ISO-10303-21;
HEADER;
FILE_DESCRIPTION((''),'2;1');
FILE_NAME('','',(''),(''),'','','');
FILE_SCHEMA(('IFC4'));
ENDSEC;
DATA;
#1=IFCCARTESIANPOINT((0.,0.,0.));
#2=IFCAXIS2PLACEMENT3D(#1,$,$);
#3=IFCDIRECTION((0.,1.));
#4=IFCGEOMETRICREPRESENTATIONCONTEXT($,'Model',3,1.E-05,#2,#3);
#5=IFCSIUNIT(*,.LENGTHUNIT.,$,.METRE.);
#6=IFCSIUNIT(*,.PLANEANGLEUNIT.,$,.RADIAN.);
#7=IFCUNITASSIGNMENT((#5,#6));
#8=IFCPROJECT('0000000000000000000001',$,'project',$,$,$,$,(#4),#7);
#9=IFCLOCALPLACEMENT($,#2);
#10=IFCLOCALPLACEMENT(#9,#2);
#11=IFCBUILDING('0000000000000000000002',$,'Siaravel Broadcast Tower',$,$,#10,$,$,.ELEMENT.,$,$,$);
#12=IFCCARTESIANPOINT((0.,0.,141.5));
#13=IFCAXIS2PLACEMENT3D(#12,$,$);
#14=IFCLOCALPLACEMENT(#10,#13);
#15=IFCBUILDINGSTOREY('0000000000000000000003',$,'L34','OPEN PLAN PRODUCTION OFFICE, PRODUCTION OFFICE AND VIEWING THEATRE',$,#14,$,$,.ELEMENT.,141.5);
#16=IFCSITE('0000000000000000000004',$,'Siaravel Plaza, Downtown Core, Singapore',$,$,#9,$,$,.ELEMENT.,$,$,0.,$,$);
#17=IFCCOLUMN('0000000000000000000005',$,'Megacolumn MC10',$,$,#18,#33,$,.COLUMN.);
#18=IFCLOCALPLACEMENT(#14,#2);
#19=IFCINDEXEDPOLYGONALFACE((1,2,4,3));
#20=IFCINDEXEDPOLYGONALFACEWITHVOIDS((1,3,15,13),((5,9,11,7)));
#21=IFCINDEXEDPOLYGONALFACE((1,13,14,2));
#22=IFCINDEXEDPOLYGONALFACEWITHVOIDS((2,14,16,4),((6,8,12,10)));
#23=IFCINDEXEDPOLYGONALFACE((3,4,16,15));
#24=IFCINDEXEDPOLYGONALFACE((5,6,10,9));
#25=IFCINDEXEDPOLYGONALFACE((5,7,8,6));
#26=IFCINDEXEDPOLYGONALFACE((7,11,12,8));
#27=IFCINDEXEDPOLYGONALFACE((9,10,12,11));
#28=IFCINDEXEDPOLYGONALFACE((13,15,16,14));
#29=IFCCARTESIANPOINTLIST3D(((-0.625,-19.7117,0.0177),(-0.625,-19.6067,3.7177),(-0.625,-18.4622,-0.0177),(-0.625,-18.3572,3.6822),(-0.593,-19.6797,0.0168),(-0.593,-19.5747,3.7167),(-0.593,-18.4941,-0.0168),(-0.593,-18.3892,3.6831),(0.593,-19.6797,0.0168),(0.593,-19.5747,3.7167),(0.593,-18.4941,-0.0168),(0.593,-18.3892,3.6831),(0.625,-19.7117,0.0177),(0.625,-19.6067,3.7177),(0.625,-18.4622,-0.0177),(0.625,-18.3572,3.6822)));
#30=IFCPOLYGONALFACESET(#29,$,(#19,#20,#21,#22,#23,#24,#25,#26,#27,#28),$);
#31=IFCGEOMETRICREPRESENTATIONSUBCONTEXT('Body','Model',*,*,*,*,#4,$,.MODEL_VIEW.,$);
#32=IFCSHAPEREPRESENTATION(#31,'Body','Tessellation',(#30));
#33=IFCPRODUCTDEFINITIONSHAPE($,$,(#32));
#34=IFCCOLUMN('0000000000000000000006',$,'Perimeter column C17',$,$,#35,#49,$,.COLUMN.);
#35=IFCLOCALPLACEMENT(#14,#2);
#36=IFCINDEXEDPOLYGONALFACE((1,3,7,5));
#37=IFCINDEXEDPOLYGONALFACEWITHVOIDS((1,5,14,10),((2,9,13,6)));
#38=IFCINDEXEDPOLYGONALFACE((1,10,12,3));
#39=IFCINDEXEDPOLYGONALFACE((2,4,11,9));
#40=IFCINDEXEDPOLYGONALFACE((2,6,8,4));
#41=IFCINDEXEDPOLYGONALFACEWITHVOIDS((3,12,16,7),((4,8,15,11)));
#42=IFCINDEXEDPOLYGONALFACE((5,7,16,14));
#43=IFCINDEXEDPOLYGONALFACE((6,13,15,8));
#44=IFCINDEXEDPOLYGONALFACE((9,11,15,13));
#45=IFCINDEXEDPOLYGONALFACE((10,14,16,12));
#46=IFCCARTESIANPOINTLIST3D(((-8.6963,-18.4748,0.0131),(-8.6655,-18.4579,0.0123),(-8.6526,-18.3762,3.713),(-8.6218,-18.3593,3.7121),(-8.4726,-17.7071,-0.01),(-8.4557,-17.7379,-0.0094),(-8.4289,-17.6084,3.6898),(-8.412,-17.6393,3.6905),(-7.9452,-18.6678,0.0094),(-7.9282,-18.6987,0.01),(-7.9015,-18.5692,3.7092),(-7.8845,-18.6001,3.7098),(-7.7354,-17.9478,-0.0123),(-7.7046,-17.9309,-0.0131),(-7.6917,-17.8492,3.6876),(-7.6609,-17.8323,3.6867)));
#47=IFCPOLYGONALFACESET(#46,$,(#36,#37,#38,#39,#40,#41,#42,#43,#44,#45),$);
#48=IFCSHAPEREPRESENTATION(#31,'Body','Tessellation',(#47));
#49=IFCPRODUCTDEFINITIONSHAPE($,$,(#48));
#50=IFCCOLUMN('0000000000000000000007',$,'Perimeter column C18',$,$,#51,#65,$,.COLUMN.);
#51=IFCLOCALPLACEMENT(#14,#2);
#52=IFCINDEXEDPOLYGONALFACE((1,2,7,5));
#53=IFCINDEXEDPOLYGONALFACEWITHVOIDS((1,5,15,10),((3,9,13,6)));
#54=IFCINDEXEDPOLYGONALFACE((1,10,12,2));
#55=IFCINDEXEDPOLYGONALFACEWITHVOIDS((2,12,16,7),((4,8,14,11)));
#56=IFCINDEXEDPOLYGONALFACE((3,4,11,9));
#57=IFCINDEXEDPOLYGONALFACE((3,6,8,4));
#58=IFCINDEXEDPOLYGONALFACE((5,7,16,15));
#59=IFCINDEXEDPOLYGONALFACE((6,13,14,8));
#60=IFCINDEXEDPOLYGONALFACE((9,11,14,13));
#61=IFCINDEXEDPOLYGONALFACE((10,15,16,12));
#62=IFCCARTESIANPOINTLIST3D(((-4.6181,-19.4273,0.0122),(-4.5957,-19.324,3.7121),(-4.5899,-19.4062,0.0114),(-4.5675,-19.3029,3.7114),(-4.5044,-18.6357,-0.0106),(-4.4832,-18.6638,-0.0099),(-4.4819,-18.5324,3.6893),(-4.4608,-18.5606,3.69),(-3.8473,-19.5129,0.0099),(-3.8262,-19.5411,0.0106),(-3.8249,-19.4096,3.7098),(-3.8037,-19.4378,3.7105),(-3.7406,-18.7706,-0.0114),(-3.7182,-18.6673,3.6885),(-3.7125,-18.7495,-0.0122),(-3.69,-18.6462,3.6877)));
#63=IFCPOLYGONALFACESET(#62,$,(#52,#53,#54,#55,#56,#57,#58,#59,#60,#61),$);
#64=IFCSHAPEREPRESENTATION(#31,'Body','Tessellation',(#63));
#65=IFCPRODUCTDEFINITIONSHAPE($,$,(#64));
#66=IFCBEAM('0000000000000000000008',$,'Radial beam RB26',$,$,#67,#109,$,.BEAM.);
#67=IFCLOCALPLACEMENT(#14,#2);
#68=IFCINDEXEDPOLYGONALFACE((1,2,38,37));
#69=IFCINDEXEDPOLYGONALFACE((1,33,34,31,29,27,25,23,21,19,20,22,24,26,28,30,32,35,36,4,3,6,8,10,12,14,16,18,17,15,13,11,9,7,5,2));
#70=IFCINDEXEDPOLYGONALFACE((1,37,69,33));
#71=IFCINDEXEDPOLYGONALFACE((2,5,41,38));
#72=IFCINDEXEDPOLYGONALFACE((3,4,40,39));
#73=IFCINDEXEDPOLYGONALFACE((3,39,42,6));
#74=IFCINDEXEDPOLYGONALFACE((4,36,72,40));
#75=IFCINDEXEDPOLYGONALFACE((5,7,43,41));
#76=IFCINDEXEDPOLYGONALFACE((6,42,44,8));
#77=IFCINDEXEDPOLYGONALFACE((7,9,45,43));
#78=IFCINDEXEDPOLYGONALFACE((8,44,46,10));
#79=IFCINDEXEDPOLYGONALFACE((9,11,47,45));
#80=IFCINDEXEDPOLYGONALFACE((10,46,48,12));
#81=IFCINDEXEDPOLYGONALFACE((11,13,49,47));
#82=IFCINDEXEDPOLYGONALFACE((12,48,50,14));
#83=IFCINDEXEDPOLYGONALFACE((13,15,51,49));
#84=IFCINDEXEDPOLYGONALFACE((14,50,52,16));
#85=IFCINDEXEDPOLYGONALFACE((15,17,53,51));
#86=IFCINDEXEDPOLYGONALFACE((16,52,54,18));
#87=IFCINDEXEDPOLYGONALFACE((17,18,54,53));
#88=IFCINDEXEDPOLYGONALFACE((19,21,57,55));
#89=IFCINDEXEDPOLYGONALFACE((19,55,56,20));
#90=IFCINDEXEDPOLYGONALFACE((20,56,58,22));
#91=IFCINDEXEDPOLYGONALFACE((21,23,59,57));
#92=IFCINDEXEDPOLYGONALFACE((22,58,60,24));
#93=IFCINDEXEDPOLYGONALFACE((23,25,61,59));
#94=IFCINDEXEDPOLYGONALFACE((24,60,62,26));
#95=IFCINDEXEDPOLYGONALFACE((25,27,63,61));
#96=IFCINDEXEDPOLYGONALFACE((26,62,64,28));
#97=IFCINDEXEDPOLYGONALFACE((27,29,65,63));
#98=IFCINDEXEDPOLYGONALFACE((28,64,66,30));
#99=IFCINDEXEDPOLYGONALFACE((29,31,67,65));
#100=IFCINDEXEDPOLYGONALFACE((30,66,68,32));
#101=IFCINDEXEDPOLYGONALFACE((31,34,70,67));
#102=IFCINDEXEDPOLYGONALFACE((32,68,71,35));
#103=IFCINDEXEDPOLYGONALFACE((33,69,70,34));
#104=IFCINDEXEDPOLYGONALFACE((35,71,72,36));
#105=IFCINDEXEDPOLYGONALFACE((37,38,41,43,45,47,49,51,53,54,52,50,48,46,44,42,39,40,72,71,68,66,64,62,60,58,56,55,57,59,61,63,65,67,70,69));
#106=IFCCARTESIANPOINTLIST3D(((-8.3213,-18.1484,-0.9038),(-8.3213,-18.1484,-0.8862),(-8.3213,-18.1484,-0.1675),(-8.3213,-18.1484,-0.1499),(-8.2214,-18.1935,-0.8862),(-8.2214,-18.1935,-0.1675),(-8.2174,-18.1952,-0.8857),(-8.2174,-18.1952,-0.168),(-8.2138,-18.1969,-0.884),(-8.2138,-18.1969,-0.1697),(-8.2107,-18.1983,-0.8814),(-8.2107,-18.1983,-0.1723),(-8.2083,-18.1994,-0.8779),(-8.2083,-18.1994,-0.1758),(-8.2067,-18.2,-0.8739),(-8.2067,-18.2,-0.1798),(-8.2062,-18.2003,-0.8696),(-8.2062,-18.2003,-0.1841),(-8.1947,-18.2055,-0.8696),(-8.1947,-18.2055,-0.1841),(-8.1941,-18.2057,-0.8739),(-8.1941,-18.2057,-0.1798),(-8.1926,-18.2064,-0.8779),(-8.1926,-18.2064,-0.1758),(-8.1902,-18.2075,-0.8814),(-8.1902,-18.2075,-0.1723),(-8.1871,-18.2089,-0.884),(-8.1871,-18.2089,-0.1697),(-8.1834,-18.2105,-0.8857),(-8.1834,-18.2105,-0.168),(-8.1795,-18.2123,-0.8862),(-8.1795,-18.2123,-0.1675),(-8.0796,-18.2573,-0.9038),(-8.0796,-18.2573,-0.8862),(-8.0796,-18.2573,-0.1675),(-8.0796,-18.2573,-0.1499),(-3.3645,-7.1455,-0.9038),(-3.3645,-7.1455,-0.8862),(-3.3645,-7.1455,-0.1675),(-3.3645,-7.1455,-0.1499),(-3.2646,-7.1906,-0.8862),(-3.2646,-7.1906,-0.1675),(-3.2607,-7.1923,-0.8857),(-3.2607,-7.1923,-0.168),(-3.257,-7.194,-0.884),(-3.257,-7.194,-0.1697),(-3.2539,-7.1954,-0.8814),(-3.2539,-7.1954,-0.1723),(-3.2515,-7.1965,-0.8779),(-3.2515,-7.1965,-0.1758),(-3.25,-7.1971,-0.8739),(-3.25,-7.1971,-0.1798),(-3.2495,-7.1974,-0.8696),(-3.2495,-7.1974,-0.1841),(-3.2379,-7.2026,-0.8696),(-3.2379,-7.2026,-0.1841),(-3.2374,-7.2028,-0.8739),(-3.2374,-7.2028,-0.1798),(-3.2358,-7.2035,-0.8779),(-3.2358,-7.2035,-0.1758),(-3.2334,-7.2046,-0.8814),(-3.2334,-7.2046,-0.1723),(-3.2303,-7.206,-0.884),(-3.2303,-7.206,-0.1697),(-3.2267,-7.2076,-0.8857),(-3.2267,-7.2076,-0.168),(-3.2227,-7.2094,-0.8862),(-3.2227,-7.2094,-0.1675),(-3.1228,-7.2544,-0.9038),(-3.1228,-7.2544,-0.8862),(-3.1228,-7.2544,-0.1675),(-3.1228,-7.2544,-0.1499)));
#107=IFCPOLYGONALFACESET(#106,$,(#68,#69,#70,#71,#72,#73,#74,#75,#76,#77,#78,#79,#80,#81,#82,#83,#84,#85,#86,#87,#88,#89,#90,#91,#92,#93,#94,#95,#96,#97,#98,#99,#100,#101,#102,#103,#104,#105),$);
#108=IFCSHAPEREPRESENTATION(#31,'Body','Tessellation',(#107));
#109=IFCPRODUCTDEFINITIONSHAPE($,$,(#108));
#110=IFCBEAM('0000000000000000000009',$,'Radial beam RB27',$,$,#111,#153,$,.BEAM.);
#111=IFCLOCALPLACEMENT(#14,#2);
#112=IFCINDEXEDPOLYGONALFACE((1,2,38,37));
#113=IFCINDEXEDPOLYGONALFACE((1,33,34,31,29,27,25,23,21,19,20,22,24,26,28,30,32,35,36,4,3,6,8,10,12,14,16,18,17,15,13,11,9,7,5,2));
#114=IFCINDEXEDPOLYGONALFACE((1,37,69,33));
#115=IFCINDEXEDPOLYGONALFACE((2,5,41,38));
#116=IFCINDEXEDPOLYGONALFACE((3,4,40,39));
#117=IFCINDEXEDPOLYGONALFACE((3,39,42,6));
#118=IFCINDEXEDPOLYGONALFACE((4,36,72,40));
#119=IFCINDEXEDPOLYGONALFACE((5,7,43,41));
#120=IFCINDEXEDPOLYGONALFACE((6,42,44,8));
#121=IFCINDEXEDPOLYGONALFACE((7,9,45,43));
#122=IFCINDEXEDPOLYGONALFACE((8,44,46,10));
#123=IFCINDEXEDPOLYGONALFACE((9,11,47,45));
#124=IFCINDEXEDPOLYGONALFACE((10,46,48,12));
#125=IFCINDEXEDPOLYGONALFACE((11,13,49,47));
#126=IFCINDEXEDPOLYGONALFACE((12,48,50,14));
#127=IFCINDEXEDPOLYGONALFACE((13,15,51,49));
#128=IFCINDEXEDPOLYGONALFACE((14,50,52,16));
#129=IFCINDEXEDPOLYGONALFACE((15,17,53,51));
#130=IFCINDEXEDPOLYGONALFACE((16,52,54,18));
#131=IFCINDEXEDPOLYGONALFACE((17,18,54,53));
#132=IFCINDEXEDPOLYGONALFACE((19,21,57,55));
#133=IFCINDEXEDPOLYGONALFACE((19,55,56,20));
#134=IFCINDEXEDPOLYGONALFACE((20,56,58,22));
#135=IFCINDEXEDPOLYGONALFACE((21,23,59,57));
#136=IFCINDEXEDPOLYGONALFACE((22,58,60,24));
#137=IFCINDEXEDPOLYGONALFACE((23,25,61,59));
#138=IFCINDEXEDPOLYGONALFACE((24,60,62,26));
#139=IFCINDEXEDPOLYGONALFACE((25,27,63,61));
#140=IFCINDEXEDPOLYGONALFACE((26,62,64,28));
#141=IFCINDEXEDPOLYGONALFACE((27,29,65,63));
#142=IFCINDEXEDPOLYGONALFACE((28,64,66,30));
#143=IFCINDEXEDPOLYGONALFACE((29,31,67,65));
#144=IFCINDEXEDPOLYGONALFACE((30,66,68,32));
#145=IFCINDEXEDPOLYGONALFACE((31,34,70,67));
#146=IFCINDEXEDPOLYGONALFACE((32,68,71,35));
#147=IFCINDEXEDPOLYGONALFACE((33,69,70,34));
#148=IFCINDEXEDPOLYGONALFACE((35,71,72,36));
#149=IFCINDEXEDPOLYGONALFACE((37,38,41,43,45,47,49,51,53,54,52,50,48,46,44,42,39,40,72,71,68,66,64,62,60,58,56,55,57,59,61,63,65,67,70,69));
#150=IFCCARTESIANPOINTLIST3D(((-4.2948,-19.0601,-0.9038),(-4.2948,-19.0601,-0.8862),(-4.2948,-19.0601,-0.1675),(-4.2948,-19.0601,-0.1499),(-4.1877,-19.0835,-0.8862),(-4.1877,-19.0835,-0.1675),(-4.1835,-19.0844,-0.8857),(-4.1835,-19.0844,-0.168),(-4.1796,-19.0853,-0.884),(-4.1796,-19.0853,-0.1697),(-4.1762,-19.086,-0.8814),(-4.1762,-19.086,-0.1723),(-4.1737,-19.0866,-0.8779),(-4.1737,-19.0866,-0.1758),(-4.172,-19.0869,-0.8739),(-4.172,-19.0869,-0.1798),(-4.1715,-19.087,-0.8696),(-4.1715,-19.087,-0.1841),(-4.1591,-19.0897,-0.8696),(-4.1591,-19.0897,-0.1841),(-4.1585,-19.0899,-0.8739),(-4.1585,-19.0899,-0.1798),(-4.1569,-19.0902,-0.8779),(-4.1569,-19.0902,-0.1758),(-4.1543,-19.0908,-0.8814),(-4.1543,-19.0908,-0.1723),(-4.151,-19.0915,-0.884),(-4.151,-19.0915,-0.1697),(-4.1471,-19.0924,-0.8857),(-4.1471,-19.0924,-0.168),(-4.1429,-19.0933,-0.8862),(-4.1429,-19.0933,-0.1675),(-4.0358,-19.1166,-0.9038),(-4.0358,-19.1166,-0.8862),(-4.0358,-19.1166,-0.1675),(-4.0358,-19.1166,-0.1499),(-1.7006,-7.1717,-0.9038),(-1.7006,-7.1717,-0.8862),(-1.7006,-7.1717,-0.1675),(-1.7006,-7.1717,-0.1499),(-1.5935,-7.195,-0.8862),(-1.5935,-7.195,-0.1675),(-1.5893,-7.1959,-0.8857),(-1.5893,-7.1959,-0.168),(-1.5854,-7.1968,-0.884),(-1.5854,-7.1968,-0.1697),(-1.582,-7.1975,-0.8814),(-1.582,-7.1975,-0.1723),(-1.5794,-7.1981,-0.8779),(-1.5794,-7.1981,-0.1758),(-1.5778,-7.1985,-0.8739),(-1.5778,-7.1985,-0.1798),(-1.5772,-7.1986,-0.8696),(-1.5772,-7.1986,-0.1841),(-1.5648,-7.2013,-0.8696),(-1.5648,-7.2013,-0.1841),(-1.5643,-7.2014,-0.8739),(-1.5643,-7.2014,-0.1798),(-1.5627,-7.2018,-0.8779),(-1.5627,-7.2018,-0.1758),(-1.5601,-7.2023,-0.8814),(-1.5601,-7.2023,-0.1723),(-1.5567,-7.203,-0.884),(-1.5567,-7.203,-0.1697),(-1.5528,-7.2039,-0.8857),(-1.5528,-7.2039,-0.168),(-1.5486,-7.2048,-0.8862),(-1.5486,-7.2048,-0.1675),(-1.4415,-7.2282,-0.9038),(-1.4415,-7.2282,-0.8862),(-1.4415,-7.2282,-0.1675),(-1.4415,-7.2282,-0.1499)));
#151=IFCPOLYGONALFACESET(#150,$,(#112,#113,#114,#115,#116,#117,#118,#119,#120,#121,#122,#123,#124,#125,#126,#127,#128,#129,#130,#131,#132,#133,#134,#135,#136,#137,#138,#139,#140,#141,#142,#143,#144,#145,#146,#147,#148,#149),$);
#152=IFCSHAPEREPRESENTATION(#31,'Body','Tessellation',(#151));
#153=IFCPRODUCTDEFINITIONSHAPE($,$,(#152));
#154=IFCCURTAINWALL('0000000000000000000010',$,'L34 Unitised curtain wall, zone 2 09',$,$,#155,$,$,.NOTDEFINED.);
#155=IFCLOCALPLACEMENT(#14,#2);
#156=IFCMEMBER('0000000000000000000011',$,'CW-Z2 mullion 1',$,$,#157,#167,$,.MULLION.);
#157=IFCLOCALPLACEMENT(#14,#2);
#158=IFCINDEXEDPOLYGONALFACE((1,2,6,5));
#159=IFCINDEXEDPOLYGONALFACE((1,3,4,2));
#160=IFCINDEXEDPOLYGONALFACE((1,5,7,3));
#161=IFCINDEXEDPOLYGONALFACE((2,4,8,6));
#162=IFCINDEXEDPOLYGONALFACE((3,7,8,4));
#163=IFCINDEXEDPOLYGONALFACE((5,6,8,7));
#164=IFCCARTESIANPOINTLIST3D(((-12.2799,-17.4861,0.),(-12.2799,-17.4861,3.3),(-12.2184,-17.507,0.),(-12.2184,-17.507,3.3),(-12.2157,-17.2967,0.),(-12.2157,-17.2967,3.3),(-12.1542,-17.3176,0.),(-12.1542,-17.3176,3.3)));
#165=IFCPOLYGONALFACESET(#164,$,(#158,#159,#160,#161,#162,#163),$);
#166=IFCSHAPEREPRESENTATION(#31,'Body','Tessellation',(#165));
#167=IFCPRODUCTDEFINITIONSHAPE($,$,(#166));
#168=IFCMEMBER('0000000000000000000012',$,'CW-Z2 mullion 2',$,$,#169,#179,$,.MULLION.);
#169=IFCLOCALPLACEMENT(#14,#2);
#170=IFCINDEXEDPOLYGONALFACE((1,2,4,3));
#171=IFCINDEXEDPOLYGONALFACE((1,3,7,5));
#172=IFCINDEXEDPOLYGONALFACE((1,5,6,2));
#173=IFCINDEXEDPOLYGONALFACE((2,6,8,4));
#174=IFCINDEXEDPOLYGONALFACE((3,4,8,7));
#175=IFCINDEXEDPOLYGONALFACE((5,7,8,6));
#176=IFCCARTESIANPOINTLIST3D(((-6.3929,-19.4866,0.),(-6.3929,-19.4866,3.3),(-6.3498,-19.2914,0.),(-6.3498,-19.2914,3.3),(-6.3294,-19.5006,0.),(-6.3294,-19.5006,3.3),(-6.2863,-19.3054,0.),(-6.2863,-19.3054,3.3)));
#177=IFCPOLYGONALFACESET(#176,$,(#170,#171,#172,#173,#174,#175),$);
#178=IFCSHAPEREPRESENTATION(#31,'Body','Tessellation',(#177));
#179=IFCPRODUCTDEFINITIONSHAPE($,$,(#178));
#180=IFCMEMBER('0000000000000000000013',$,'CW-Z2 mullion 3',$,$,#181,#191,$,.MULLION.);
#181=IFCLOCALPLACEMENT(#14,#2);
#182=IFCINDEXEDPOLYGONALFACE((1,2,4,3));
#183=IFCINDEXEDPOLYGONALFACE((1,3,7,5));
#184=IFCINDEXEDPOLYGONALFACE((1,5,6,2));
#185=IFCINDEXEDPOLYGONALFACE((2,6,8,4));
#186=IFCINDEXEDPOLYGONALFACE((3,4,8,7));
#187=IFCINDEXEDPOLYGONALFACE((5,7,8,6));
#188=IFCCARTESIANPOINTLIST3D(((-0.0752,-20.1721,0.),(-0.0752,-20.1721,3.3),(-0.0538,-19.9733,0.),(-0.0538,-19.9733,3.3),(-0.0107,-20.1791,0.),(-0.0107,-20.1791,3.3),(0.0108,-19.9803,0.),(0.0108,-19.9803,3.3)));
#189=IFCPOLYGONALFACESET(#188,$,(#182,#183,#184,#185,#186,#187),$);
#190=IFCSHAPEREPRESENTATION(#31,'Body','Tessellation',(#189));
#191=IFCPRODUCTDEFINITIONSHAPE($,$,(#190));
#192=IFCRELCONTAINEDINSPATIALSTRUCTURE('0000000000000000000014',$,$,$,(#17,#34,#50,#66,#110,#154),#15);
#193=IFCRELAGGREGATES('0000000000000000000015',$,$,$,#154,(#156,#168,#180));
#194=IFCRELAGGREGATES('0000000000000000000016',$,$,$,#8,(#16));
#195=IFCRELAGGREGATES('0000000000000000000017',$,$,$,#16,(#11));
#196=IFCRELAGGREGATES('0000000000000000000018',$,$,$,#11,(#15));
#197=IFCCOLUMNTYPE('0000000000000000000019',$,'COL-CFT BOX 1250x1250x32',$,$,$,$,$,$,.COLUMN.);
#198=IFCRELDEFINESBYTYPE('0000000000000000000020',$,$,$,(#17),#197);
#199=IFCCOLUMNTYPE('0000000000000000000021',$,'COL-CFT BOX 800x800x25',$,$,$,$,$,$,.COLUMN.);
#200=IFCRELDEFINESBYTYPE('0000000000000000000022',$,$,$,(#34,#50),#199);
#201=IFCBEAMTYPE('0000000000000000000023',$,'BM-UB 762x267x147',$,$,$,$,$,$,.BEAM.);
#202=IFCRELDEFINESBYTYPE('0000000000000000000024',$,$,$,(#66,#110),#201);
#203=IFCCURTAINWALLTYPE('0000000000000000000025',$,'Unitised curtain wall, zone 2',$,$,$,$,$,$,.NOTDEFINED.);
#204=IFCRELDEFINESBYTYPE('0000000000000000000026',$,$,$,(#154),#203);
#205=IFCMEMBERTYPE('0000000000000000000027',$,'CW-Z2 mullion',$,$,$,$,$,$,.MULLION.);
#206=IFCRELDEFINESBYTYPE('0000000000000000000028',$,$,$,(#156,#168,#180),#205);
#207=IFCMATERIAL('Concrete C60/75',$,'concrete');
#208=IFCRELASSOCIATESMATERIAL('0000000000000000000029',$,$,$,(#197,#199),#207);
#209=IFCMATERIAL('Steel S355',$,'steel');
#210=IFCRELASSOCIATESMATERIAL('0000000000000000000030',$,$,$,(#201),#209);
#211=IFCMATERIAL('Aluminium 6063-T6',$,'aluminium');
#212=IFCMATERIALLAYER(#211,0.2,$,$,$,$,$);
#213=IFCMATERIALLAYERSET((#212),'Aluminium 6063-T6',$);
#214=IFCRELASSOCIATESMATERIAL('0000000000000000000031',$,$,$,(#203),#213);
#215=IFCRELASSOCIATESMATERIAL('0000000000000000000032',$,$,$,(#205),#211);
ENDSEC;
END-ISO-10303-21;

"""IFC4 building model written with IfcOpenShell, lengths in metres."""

from ifc_helpers import new_model, si_unit, direction, frame, origin, origin_2d, place, context, subcontext, project, spatial, rectangle, hollow_rectangle, i_section, extrude, material, layer, layer_set, material_profile, profile_set, type_object, element, aggregate, save


model = new_model("IFC4")

# Units and contexts
model_context = context("Model", 3, precision=1e-05, world=origin(), true_north=direction((0.0, 1.0)))
body_context = subcontext(model_context, "Body", "Model", "MODEL_VIEW")
ifc_project = project(units=[si_unit("LENGTHUNIT", "METRE"), si_unit("PLANEANGLEUNIT", "RADIAN")], contexts=[model_context])

# Site, building, storey
site_placement = place(None, origin())
site = spatial("IfcSite", under=ifc_project, at=site_placement, Name="Siaravel Plaza, Downtown Core, Singapore", CompositionType="ELEMENT", RefElevation=0.0)
building_placement = place(site_placement, origin())
building = spatial("IfcBuilding", under=site, at=building_placement, Name="Siaravel Broadcast Tower", CompositionType="ELEMENT")
storey_placement = place(building_placement, frame((0.0, 0.0, 141.5)))
storey = spatial("IfcBuildingStorey", under=building, at=storey_placement, Name="L34", Description="OPEN PLAN PRODUCTION OFFICE, PRODUCTION OFFICE AND VIEWING THEATRE", CompositionType="ELEMENT", Elevation=141.5)

# Columns
ifc_material_1 = material(Name="Concrete C60/75", Category="concrete")
ifc_material_profile_1 = material_profile(ifc_material_1, hollow_rectangle(XDim=1.25, YDim=1.25, WallThickness=0.032, at=origin_2d()))
ifc_profile_set_1 = profile_set([ifc_material_profile_1], Name="Concrete C60/75")
column_type_1 = type_object("IfcColumnType", Name="COL-CFT BOX 1250x1250x32", PredefinedType="COLUMN", material=ifc_profile_set_1)
column_placement = place(storey_placement, frame((0.0, -19.0869, 0.0), z_axis=(0.0, 0.028362, 0.999598), x_axis=(-1.0, 0.0, 0.0)))
element("IfcColumn", 1, at=column_placement, inside=storey, type_object=column_type_1, Name="Megacolumn MC10", PredefinedType="COLUMN", context=body_context, shape_type="SweptSolid", body=[
    extrude(hollow_rectangle(XDim=1.25, YDim=1.25, WallThickness=0.032, at=origin_2d()), origin(), (0.0, 0.0, 1.0), 3.7014),
])
ifc_material_profile_2 = material_profile(ifc_material_1, hollow_rectangle(XDim=0.8, YDim=0.8, WallThickness=0.0249, at=origin_2d()))
ifc_profile_set_2 = profile_set([ifc_material_profile_2], Name="Concrete C60/75")
column_type_2 = type_object("IfcColumnType", Name="COL-CFT BOX 800x800x25", PredefinedType="COLUMN", material=ifc_profile_set_2)
for number, where, z_axis, x_axis, name in (
    (2, (-8.2004, -18.2029, 0.0), (0.011806, 0.026647, 0.999575), (-0.960048, 0.279808, 0.00388), "Perimeter column C17"),
    (3, (-4.1653, -19.0884, 0.0), (0.006068, 0.0279, 0.999592), (-0.989821, 0.142301, 0.002037), "Perimeter column C18"),
):
    element("IfcColumn", number, at=place(storey_placement, frame(where, z_axis=z_axis, x_axis=x_axis)), inside=storey, type_object=column_type_2, Name=name, PredefinedType="COLUMN", context=body_context, shape_type="SweptSolid", body=[
        extrude(hollow_rectangle(XDim=0.8, YDim=0.8, WallThickness=0.0249, at=origin_2d()), origin(), (0.0, 0.0, 1.0), 3.7014),
    ])

# Beams
ifc_material_2 = material(Name="Steel S355", Category="steel")
ifc_material_profile_3 = material_profile(ifc_material_2, i_section(OverallWidth=0.2651, OverallDepth=0.7539, WebThickness=0.0127, FlangeThickness=0.0176, FilletRadius=0.0166, at=origin_2d()))
ifc_profile_set_3 = profile_set([ifc_material_profile_3], Name="Steel S355")
beam_type = type_object("IfcBeamType", Name="BM-UB 762x267x147", PredefinedType="BEAM", material=ifc_profile_set_3)
beam_1_placement = place(storey_placement, frame((-8.2004, -18.2029, -0.5269), z_axis=(0.410741, 0.911752, 0.0), x_axis=(-0.911752, 0.410741, 0.0)))
element("IfcBeam", 4, at=beam_1_placement, inside=storey, type_object=beam_type, Name="Radial beam RB26", PredefinedType="BEAM", context=body_context, shape_type="SweptSolid", body=[
    extrude(i_section(OverallWidth=0.2651, OverallDepth=0.7539, WebThickness=0.0127, FlangeThickness=0.0176, FilletRadius=0.0166, at=origin_2d()), origin(), (0.0, 0.0, 1.0), 12.0679),
])
beam_2_placement = place(storey_placement, frame((-4.1653, -19.0884, -0.5269), z_axis=(0.213198, 0.977009, 0.0), x_axis=(-0.977009, 0.213198, 0.0)))
element("IfcBeam", 5, at=beam_2_placement, inside=storey, type_object=beam_type, Name="Radial beam RB27", PredefinedType="BEAM", context=body_context, shape_type="SweptSolid", body=[
    extrude(i_section(OverallWidth=0.2651, OverallDepth=0.7539, WebThickness=0.0127, FlangeThickness=0.0176, FilletRadius=0.0166, at=origin_2d()), origin(), (0.0, 0.0, 1.0), 12.1682),
])

# Curtain wall, members
ifc_material_3 = material(Name="Aluminium 6063-T6", Category="aluminium")
ifc_layer_1 = layer(ifc_material_3, 0.2)
ifc_layer_set_1 = layer_set([ifc_layer_1], Name="Aluminium 6063-T6")
curtain_wall_type = type_object("IfcCurtainWallType", Name="Unitised curtain wall, zone 2", PredefinedType="NOTDEFINED", material=ifc_layer_set_1)
curtain_wall_placement = place(storey_placement, origin())
curtain_wall = element("IfcCurtainWall", 6, at=curtain_wall_placement, inside=storey, type_object=curtain_wall_type, Name="L34 Unitised curtain wall, zone 2 09", PredefinedType="NOTDEFINED")
ifc_material_profile_4 = material_profile(ifc_material_3, rectangle(XDim=0.2, YDim=0.0649, at=origin_2d()))
ifc_profile_set_4 = profile_set([ifc_material_profile_4], Name="Aluminium 6063-T6")
member_type_1 = type_object("IfcMemberType", Name="CW-Z2 mullion", PredefinedType="MULLION", material=ifc_profile_set_4)
member_1_placement = place(storey_placement, frame((-12.217, -17.4019, 0.0), z_axis=(0.0, 0.0, 1.0), x_axis=(0.321301, 0.946977, 0.0)))
member_1 = element("IfcMember", 7, at=member_1_placement, type_object=member_type_1, Name="CW-Z2 mullion 1", PredefinedType="MULLION", context=body_context, shape_type="SweptSolid", body=[
    extrude(rectangle(XDim=0.2, YDim=0.0649, at=origin_2d()), origin(), (0.0, 0.0, 1.0), 3.3),
])
member_2_placement = place(storey_placement, frame((-6.3396, -19.396, 0.0), z_axis=(0.0, 0.0, 1.0), x_axis=(0.215558, 0.976491, 0.0)))
member_2 = element("IfcMember", 8, at=member_2_placement, type_object=member_type_1, Name="CW-Z2 mullion 2", PredefinedType="MULLION", context=body_context, shape_type="SweptSolid", body=[
    extrude(rectangle(XDim=0.2, YDim=0.0649, at=origin_2d()), origin(), (0.0, 0.0, 1.0), 3.3),
])
member_3_placement = place(storey_placement, frame((-0.0322, -20.0762, 0.0), z_axis=(0.0, 0.0, 1.0), x_axis=(0.107218, 0.994236, 0.0)))
member_3 = element("IfcMember", 9, at=member_3_placement, type_object=member_type_1, Name="CW-Z2 mullion 3", PredefinedType="MULLION", context=body_context, shape_type="SweptSolid", body=[
    extrude(rectangle(XDim=0.2, YDim=0.0649, at=origin_2d()), origin(), (0.0, 0.0, 1.0), 3.3),
])

aggregate(curtain_wall, [member_1, member_2, member_3])

save(model, "model.ifc")
